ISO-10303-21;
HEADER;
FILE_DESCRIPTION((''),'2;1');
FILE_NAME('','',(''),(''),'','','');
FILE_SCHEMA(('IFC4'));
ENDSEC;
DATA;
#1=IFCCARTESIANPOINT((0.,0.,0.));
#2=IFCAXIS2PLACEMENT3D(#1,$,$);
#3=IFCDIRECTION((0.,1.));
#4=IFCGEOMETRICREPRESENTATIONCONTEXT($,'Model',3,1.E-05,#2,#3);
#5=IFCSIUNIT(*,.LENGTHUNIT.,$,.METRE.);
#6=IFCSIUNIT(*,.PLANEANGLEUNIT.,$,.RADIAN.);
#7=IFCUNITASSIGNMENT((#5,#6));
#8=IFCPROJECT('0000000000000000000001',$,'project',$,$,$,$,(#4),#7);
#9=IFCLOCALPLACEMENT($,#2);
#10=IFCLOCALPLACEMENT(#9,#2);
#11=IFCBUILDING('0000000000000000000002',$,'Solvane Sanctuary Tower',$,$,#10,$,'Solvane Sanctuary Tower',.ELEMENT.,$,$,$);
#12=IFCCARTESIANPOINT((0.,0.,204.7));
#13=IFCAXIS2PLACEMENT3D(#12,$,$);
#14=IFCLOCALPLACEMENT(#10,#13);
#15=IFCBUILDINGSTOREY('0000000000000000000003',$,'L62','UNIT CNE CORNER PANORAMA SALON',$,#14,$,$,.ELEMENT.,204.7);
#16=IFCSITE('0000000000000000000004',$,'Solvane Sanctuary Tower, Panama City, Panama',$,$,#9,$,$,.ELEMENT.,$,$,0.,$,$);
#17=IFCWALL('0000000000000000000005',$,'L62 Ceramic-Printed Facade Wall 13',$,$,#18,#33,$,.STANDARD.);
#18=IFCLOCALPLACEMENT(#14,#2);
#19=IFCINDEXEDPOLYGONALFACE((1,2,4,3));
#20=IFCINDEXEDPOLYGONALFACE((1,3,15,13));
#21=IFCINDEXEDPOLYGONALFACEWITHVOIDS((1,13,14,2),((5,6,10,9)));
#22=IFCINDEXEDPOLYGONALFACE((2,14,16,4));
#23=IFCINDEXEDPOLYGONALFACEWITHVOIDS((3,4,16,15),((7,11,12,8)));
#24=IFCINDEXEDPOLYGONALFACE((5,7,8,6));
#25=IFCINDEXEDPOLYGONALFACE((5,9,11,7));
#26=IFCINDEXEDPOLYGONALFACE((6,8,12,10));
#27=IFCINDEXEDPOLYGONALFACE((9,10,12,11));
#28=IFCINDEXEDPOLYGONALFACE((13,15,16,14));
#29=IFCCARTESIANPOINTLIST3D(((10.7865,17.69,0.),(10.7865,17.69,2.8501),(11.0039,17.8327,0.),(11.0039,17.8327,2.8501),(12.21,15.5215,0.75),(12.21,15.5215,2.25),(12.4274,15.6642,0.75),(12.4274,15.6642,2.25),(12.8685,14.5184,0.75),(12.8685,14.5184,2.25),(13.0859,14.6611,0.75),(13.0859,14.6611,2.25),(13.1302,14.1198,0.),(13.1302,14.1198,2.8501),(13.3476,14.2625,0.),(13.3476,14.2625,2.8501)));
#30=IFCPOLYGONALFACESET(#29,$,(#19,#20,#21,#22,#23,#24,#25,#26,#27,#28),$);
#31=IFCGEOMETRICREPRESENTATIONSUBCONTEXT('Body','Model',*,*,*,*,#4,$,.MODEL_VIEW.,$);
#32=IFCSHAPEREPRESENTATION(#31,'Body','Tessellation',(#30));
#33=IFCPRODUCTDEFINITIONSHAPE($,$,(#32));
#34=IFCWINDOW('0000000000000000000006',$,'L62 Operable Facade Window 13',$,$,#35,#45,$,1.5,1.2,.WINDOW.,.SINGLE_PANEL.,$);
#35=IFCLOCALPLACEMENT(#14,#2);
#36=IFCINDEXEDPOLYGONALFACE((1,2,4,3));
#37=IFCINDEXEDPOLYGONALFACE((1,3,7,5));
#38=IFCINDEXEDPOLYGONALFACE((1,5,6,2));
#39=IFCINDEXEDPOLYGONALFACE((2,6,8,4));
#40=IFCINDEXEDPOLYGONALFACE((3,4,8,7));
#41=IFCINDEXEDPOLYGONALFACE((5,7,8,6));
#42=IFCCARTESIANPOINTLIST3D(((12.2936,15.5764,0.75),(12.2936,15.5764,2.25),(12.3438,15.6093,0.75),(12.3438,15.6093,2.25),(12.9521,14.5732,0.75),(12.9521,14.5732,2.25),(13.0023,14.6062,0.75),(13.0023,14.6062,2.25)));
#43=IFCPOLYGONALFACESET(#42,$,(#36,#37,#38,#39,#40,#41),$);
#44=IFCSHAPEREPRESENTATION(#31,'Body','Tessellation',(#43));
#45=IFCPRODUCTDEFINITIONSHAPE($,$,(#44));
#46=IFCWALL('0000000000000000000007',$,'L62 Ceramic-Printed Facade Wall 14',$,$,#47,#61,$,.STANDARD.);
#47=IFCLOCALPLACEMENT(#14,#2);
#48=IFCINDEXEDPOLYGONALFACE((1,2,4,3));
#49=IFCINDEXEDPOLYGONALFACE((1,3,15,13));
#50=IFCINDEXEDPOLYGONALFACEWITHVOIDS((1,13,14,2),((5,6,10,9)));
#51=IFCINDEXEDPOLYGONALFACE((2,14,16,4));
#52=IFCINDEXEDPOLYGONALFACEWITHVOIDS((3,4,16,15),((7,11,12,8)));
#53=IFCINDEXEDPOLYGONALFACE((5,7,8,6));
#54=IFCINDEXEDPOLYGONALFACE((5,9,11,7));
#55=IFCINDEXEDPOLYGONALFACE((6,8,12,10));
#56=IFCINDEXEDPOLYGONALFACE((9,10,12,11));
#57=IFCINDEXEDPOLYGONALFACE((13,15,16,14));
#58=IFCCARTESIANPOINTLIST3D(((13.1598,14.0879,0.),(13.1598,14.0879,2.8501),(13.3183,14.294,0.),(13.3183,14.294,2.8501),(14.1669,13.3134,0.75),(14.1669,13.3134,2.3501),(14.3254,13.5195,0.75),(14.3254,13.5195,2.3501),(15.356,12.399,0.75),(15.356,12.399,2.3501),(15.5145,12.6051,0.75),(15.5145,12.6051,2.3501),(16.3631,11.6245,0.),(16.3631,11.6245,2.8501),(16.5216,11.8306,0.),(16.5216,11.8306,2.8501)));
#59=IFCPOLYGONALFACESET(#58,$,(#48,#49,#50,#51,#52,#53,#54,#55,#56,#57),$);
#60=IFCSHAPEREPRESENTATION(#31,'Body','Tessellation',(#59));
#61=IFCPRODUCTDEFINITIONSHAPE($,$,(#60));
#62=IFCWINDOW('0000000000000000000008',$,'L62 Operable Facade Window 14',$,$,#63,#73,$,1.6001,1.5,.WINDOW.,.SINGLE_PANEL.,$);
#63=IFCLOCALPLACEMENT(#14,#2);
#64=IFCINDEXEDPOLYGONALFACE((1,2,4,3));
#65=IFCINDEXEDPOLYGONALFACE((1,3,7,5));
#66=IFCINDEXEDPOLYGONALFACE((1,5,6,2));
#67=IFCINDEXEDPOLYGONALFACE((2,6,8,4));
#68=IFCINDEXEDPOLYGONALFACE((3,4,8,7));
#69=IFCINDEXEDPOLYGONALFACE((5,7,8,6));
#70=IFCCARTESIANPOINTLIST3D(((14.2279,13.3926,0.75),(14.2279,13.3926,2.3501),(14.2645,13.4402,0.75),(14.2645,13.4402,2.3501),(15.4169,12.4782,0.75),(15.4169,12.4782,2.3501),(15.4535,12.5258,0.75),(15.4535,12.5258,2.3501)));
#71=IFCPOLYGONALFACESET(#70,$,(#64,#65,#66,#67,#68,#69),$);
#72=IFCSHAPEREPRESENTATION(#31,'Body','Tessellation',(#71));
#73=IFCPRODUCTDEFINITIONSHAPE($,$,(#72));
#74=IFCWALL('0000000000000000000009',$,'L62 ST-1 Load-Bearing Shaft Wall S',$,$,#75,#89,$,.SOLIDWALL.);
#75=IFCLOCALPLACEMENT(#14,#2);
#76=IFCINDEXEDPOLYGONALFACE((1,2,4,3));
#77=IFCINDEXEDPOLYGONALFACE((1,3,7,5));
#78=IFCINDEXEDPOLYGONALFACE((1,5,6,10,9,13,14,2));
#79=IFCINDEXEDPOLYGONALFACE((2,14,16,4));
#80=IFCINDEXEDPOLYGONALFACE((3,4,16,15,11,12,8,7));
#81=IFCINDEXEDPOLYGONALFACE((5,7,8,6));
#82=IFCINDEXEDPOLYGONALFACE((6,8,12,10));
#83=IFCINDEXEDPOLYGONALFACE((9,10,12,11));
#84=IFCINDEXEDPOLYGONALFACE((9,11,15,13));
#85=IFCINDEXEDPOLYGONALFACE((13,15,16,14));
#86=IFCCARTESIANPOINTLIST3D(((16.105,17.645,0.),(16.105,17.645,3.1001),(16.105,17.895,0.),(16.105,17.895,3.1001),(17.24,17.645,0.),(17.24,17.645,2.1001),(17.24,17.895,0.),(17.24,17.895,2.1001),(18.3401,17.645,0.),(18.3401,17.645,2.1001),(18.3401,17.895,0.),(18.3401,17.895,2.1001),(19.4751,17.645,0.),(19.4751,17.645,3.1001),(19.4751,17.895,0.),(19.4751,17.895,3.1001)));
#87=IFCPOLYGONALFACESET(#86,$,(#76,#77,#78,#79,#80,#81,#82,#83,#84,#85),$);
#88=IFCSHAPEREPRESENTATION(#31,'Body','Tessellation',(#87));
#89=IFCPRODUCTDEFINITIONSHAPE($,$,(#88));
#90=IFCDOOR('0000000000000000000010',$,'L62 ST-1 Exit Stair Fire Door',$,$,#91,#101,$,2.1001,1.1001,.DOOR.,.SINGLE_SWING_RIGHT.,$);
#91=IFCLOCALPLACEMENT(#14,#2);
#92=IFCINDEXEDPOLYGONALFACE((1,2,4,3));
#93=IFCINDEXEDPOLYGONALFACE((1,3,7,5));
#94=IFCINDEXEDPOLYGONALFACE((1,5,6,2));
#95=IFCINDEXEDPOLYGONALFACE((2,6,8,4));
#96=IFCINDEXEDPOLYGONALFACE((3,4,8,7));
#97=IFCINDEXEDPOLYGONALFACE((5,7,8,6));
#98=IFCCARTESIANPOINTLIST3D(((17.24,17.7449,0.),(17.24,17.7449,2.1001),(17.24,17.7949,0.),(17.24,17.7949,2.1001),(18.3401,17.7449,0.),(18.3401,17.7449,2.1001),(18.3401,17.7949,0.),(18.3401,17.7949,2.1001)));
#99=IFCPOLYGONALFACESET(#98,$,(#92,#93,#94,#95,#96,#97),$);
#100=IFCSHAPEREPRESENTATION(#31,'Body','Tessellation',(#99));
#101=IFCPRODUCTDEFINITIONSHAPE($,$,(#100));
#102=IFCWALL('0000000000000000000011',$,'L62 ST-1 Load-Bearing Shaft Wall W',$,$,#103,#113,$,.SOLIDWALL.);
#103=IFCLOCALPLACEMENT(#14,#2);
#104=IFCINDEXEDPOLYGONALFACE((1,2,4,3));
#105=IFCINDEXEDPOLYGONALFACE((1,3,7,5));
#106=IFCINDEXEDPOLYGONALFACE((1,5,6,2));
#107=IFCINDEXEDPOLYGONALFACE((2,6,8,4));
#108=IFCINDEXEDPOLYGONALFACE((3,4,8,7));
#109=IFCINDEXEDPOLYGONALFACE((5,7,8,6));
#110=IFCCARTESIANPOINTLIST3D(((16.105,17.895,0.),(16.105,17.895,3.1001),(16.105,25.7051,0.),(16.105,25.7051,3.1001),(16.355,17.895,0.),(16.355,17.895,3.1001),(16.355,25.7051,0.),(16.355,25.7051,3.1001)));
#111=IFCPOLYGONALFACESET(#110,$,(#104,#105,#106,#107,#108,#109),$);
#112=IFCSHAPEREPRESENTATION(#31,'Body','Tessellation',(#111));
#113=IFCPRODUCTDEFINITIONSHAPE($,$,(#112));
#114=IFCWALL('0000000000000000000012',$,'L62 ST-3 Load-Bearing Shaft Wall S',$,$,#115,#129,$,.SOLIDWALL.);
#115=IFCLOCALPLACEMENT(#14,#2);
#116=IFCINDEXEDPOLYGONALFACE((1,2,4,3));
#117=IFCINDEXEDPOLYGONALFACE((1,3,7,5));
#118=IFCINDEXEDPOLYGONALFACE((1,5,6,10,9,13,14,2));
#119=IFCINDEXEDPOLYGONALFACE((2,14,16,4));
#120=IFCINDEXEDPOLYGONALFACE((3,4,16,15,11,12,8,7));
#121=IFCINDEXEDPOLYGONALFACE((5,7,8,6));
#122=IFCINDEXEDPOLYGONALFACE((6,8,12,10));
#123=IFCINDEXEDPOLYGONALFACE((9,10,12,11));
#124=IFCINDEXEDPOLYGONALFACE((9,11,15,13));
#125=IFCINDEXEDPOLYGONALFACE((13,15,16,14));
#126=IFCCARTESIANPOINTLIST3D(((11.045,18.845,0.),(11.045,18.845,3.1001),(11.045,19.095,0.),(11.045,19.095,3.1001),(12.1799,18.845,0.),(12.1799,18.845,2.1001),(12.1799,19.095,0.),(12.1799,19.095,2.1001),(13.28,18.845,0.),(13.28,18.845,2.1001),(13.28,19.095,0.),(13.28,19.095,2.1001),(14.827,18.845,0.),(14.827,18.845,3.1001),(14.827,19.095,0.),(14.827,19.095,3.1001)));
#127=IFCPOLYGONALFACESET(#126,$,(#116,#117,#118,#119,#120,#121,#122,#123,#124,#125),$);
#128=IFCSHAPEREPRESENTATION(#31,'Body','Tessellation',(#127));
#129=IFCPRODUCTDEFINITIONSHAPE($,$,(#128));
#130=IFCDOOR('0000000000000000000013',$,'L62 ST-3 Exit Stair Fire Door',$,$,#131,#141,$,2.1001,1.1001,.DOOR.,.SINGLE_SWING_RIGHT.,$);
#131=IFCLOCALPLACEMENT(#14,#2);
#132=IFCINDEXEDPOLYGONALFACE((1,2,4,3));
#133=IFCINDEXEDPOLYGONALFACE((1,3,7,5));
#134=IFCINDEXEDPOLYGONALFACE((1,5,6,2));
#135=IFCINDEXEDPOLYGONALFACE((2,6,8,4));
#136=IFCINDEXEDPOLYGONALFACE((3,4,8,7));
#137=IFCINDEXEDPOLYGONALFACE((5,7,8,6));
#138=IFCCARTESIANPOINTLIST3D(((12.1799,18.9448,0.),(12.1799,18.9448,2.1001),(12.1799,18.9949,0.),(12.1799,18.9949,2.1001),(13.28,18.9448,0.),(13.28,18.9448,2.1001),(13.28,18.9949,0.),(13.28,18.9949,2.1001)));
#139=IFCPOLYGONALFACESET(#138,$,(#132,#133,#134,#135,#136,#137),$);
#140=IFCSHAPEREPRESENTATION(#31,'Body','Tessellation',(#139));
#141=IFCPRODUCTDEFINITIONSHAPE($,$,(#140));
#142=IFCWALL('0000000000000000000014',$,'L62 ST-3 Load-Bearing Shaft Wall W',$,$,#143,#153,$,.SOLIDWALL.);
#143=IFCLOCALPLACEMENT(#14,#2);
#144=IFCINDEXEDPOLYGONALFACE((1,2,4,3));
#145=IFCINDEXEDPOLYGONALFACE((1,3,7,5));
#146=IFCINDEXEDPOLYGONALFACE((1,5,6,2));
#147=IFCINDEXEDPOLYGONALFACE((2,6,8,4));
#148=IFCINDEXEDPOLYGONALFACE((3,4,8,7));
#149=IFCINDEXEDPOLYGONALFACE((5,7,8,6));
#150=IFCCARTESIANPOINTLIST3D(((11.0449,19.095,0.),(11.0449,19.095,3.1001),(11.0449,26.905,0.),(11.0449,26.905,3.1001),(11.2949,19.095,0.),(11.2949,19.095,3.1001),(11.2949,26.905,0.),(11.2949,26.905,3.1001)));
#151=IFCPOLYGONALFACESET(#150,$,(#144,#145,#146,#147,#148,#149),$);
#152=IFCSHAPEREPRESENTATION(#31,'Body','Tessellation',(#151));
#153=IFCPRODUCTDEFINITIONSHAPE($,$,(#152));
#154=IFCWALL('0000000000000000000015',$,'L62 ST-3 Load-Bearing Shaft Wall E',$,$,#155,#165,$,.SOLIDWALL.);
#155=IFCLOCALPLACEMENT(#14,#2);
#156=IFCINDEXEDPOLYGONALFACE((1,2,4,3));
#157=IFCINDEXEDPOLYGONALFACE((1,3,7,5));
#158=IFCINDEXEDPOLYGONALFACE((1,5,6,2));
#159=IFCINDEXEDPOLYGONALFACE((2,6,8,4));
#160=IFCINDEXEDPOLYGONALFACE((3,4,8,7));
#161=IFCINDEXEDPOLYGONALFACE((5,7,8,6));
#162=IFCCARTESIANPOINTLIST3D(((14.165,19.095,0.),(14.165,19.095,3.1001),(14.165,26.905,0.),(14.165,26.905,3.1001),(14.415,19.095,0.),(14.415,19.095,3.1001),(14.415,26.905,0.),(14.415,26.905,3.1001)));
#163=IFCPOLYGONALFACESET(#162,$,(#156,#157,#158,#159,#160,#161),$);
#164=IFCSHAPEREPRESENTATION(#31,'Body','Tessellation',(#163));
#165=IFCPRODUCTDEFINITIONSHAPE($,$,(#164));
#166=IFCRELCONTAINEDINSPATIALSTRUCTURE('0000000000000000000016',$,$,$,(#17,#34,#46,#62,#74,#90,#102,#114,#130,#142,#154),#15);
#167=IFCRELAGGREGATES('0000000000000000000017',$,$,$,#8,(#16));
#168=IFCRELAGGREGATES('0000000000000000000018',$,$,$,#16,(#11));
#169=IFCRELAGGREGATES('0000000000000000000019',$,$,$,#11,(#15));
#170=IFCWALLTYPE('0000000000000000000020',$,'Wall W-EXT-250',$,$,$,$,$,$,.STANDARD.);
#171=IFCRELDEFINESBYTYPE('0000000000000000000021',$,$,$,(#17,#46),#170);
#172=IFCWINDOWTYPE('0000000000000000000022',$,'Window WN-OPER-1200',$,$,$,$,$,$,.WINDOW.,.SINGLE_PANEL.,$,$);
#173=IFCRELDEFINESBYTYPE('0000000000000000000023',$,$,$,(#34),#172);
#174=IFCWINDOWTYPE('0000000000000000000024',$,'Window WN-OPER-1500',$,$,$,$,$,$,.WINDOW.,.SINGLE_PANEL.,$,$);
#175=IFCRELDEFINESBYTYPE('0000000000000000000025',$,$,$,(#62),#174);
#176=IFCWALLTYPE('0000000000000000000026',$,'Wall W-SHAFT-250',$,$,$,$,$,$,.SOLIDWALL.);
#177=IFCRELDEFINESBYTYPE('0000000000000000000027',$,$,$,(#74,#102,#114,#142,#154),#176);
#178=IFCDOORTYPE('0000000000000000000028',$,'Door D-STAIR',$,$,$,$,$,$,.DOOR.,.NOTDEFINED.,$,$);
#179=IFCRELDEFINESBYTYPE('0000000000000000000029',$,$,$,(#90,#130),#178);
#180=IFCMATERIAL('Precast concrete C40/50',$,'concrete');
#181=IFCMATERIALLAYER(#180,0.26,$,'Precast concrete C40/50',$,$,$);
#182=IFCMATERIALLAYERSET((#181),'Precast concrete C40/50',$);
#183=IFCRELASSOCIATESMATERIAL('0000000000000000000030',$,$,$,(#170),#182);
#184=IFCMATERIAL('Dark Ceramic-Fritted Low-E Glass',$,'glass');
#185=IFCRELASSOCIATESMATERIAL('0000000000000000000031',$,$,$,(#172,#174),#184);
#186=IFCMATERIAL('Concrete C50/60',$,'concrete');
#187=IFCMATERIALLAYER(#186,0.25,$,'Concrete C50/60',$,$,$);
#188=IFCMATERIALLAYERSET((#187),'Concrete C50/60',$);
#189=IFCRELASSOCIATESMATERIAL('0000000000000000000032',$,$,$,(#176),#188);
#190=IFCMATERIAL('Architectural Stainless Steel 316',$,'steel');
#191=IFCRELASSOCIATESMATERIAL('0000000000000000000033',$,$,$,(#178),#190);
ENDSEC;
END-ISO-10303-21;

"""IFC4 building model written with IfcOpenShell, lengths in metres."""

from ifc_helpers import new_model, si_unit, direction, frame, frame_2d, origin, place, context, subcontext, project, spatial, rectangle, extrude, material, layer, layer_set, type_object, element, fill, save


model = new_model("IFC4")

# Units and contexts
model_context = context("Model", 3, precision=1e-05, world=origin(), true_north=direction((0.0, 1.0)))
body_context = subcontext(model_context, "Body", "Model", "MODEL_VIEW")
ifc_project = project(units=[si_unit("LENGTHUNIT", "METRE"), si_unit("PLANEANGLEUNIT", "RADIAN")], contexts=[model_context])

# Site, building, storey
site_placement = place(None, origin())
site = spatial("IfcSite", under=ifc_project, at=site_placement, Name="Solvane Sanctuary Tower, Panama City, Panama", CompositionType="ELEMENT", RefElevation=0.0)
building_placement = place(site_placement, origin())
building = spatial("IfcBuilding", under=site, at=building_placement, Name="Solvane Sanctuary Tower", LongName="Solvane Sanctuary Tower", CompositionType="ELEMENT")
storey_placement = place(building_placement, frame((0.0, 0.0, 204.7)))
storey = spatial("IfcBuildingStorey", under=building, at=storey_placement, Name="L62", Description="UNIT CNE CORNER PANORAMA SALON", CompositionType="ELEMENT", Elevation=204.7)

# Shared definitions
ifc_material_1 = material(Name="Concrete C50/60", Category="concrete")

# Walls, openings, windows
ifc_material_2 = material(Name="Precast concrete C40/50", Category="concrete")
ifc_layer_1 = layer(ifc_material_2, 0.26, Name="Precast concrete C40/50")
ifc_layer_set_1 = layer_set([ifc_layer_1], Name="Precast concrete C40/50")
wall_type_1 = type_object("IfcWallType", Name="Wall W-EXT-250", PredefinedType="STANDARD", material=ifc_layer_set_1)
wall_1_placement = place(storey_placement, frame((10.8953, 17.7612, 0.0), z_axis=(0.0, 0.0, 1.0), x_axis=(0.548776, -0.835969, 0.0)))
wall_1 = element("IfcWall", 1, at=wall_1_placement, inside=storey, type_object=wall_type_1, Name="L62 Ceramic-Printed Facade Wall 13", PredefinedType="STANDARD", context=body_context, shape_type="SweptSolid", body=[
    extrude(rectangle(XDim=4.2708, YDim=0.26, at=frame_2d((2.1353, 0.0))), origin(), (0.0, 0.0, 1.0), 2.8501),
])
opening_1_placement = place(wall_1_placement, frame((2.5938, 0.0, 0.75)))
opening_1 = element("IfcOpeningElement", 2, at=opening_1_placement, cuts=wall_1, PredefinedType="OPENING", context=body_context, shape_type="SweptSolid", body=[
    extrude(rectangle(XDim=1.2, YDim=1.5, at=frame_2d((0.6001, 0.75))), frame((0.0, 0.1399, 0.0), z_axis=(0.0, -1.0, 0.0), x_axis=(1.0, 0.0, 0.0)), (0.0, 0.0, 1.0), 0.28),
])
ifc_material_3 = material(Name="Dark Ceramic-Fritted Low-E Glass", Category="glass")
window_type_1 = type_object("IfcWindowType", Name="Window WN-OPER-1200", PartitioningType="SINGLE_PANEL", PredefinedType="WINDOW", material=ifc_material_3)
window_1_placement = place(opening_1_placement, origin())
window_1 = element("IfcWindow", 3, at=window_1_placement, inside=storey, type_object=window_type_1, Name="L62 Operable Facade Window 13", OverallHeight=1.5, OverallWidth=1.2, PartitioningType="SINGLE_PANEL", PredefinedType="WINDOW", context=body_context, shape_type="SweptSolid", body=[
    extrude(rectangle(XDim=1.2, YDim=1.5, at=frame_2d((0.6001, 0.75))), frame((0.0, 0.03, 0.0), z_axis=(0.0, -1.0, 0.0), x_axis=(1.0, 0.0, 0.0)), (0.0, 0.0, 1.0), 0.0601),
])
fill(opening_1, window_1)
wall_2_placement = place(storey_placement, frame((13.239, 14.1909, 0.0), z_axis=(0.0, 0.0, 1.0), x_axis=(0.792714, -0.609594, 0.0)))
wall_2 = element("IfcWall", 4, at=wall_2_placement, inside=storey, type_object=wall_type_1, Name="L62 Ceramic-Printed Facade Wall 14", PredefinedType="STANDARD", context=body_context, shape_type="SweptSolid", body=[
    extrude(rectangle(XDim=4.041, YDim=0.26, at=frame_2d((2.0205, 0.0))), origin(), (0.0, 0.0, 1.0), 2.8501),
])
opening_2_placement = place(wall_2_placement, frame((1.2705, 0.0, 0.75)))
opening_2 = element("IfcOpeningElement", 5, at=opening_2_placement, cuts=wall_2, PredefinedType="OPENING", context=body_context, shape_type="SweptSolid", body=[
    extrude(rectangle(XDim=1.5, YDim=1.6001, at=frame_2d((0.75, 0.8))), frame((0.0, 0.1399, 0.0), z_axis=(0.0, -1.0, 0.0), x_axis=(1.0, 0.0, 0.0)), (0.0, 0.0, 1.0), 0.28),
])
window_type_2 = type_object("IfcWindowType", Name="Window WN-OPER-1500", PartitioningType="SINGLE_PANEL", PredefinedType="WINDOW", material=ifc_material_3)
window_2_placement = place(opening_2_placement, origin())
window_2 = element("IfcWindow", 6, at=window_2_placement, inside=storey, type_object=window_type_2, Name="L62 Operable Facade Window 14", OverallHeight=1.6001, OverallWidth=1.5, PartitioningType="SINGLE_PANEL", PredefinedType="WINDOW", context=body_context, shape_type="SweptSolid", body=[
    extrude(rectangle(XDim=1.5, YDim=1.6001, at=frame_2d((0.75, 0.8))), frame((0.0, 0.03, 0.0), z_axis=(0.0, -1.0, 0.0), x_axis=(1.0, 0.0, 0.0)), (0.0, 0.0, 1.0), 0.0601),
])
fill(opening_2, window_2)

# Wall, opening, door
ifc_layer_2 = layer(ifc_material_1, 0.25, Name="Concrete C50/60")
ifc_layer_set_2 = layer_set([ifc_layer_2], Name="Concrete C50/60")
wall_type_2 = type_object("IfcWallType", Name="Wall W-SHAFT-250", PredefinedType="SOLIDWALL", material=ifc_layer_set_2)
wall_3_placement = place(storey_placement, frame((16.105, 17.77, 0.0), z_axis=(0.0, 0.0, 1.0), x_axis=(1.0, 0.0, 0.0)))
wall_3 = element("IfcWall", 7, at=wall_3_placement, inside=storey, type_object=wall_type_2, Name="L62 ST-1 Load-Bearing Shaft Wall S", PredefinedType="SOLIDWALL", context=body_context, shape_type="SweptSolid", body=[
    extrude(rectangle(XDim=3.3701, YDim=0.25, at=frame_2d((1.6851, 0.0))), origin(), (0.0, 0.0, 1.0), 3.1001),
])
opening_3_placement = place(wall_3_placement, frame((1.135, 0.0, 0.0)))
opening_3 = element("IfcOpeningElement", 8, at=opening_3_placement, cuts=wall_3, PredefinedType="OPENING", context=body_context, shape_type="SweptSolid", body=[
    extrude(rectangle(XDim=1.1001, YDim=2.1001, at=frame_2d((0.55, 1.05))), frame((0.0, 0.135, 0.0), z_axis=(0.0, -1.0, 0.0), x_axis=(1.0, 0.0, 0.0)), (0.0, 0.0, 1.0), 0.27),
])
ifc_material_4 = material(Name="Architectural Stainless Steel 316", Category="steel")
door_type_1 = type_object("IfcDoorType", Name="Door D-STAIR", OperationType="NOTDEFINED", PredefinedType="DOOR", material=ifc_material_4)
door_1_placement = place(opening_3_placement, origin())
door_1 = element("IfcDoor", 9, at=door_1_placement, inside=storey, type_object=door_type_1, Name="L62 ST-1 Exit Stair Fire Door", OperationType="SINGLE_SWING_RIGHT", OverallHeight=2.1001, OverallWidth=1.1001, PredefinedType="DOOR", context=body_context, shape_type="SweptSolid", body=[
    extrude(rectangle(XDim=1.1001, YDim=2.1001, at=frame_2d((0.55, 1.05))), frame((0.0, 0.0249, 0.0), z_axis=(0.0, -1.0, 0.0), x_axis=(1.0, 0.0, 0.0)), (0.0, 0.0, 1.0), 0.05),
])
fill(opening_3, door_1)

# Wall
wall_4_placement = place(storey_placement, frame((16.23, 17.895, 0.0), z_axis=(0.0, 0.0, 1.0), x_axis=(0.0, 1.0, 0.0)))
element("IfcWall", 10, at=wall_4_placement, inside=storey, type_object=wall_type_2, Name="L62 ST-1 Load-Bearing Shaft Wall W", PredefinedType="SOLIDWALL", context=body_context, shape_type="SweptSolid", body=[
    extrude(rectangle(XDim=7.8101, YDim=0.25, at=frame_2d((3.905, 0.0))), origin(), (0.0, 0.0, 1.0), 3.1001),
])

# Wall, opening, door
wall_5_placement = place(storey_placement, frame((11.0449, 18.97, 0.0), z_axis=(0.0, 0.0, 1.0), x_axis=(1.0, 0.0, 0.0)))
wall_5 = element("IfcWall", 11, at=wall_5_placement, inside=storey, type_object=wall_type_2, Name="L62 ST-3 Load-Bearing Shaft Wall S", PredefinedType="SOLIDWALL", context=body_context, shape_type="SweptSolid", body=[
    extrude(rectangle(XDim=3.782, YDim=0.25, at=frame_2d((1.8911, 0.0))), origin(), (0.0, 0.0, 1.0), 3.1001),
])
opening_4_placement = place(wall_5_placement, frame((1.135, 0.0, 0.0)))
opening_4 = element("IfcOpeningElement", 12, at=opening_4_placement, cuts=wall_5, PredefinedType="OPENING", context=body_context, shape_type="SweptSolid", body=[
    extrude(rectangle(XDim=1.1001, YDim=2.1001, at=frame_2d((0.55, 1.05))), frame((0.0, 0.135, 0.0), z_axis=(0.0, -1.0, 0.0), x_axis=(1.0, 0.0, 0.0)), (0.0, 0.0, 1.0), 0.27),
])
door_2_placement = place(opening_4_placement, origin())
door_2 = element("IfcDoor", 13, at=door_2_placement, inside=storey, type_object=door_type_1, Name="L62 ST-3 Exit Stair Fire Door", OperationType="SINGLE_SWING_RIGHT", OverallHeight=2.1001, OverallWidth=1.1001, PredefinedType="DOOR", context=body_context, shape_type="SweptSolid", body=[
    extrude(rectangle(XDim=1.1001, YDim=2.1001, at=frame_2d((0.55, 1.05))), frame((0.0, 0.0249, 0.0), z_axis=(0.0, -1.0, 0.0), x_axis=(1.0, 0.0, 0.0)), (0.0, 0.0, 1.0), 0.05),
])
fill(opening_4, door_2)

# Walls
for number, where, z_axis, x_axis, name in (
    (14, (11.1699, 19.095, 0.0), (0.0, 0.0, 1.0), (0.0, 1.0, 0.0), "L62 ST-3 Load-Bearing Shaft Wall W"),
    (15, (14.29, 19.095, 0.0), (0.0, 0.0, 1.0), (0.0, 1.0, 0.0), "L62 ST-3 Load-Bearing Shaft Wall E"),
):
    element("IfcWall", number, at=place(storey_placement, frame(where, z_axis=z_axis, x_axis=x_axis)), inside=storey, type_object=wall_type_2, Name=name, PredefinedType="SOLIDWALL", context=body_context, shape_type="SweptSolid", body=[
        extrude(rectangle(XDim=7.8101, YDim=0.25, at=frame_2d((3.905, 0.0))), origin(), (0.0, 0.0, 1.0), 3.1001),
    ])

save(model, "model.ifc")
